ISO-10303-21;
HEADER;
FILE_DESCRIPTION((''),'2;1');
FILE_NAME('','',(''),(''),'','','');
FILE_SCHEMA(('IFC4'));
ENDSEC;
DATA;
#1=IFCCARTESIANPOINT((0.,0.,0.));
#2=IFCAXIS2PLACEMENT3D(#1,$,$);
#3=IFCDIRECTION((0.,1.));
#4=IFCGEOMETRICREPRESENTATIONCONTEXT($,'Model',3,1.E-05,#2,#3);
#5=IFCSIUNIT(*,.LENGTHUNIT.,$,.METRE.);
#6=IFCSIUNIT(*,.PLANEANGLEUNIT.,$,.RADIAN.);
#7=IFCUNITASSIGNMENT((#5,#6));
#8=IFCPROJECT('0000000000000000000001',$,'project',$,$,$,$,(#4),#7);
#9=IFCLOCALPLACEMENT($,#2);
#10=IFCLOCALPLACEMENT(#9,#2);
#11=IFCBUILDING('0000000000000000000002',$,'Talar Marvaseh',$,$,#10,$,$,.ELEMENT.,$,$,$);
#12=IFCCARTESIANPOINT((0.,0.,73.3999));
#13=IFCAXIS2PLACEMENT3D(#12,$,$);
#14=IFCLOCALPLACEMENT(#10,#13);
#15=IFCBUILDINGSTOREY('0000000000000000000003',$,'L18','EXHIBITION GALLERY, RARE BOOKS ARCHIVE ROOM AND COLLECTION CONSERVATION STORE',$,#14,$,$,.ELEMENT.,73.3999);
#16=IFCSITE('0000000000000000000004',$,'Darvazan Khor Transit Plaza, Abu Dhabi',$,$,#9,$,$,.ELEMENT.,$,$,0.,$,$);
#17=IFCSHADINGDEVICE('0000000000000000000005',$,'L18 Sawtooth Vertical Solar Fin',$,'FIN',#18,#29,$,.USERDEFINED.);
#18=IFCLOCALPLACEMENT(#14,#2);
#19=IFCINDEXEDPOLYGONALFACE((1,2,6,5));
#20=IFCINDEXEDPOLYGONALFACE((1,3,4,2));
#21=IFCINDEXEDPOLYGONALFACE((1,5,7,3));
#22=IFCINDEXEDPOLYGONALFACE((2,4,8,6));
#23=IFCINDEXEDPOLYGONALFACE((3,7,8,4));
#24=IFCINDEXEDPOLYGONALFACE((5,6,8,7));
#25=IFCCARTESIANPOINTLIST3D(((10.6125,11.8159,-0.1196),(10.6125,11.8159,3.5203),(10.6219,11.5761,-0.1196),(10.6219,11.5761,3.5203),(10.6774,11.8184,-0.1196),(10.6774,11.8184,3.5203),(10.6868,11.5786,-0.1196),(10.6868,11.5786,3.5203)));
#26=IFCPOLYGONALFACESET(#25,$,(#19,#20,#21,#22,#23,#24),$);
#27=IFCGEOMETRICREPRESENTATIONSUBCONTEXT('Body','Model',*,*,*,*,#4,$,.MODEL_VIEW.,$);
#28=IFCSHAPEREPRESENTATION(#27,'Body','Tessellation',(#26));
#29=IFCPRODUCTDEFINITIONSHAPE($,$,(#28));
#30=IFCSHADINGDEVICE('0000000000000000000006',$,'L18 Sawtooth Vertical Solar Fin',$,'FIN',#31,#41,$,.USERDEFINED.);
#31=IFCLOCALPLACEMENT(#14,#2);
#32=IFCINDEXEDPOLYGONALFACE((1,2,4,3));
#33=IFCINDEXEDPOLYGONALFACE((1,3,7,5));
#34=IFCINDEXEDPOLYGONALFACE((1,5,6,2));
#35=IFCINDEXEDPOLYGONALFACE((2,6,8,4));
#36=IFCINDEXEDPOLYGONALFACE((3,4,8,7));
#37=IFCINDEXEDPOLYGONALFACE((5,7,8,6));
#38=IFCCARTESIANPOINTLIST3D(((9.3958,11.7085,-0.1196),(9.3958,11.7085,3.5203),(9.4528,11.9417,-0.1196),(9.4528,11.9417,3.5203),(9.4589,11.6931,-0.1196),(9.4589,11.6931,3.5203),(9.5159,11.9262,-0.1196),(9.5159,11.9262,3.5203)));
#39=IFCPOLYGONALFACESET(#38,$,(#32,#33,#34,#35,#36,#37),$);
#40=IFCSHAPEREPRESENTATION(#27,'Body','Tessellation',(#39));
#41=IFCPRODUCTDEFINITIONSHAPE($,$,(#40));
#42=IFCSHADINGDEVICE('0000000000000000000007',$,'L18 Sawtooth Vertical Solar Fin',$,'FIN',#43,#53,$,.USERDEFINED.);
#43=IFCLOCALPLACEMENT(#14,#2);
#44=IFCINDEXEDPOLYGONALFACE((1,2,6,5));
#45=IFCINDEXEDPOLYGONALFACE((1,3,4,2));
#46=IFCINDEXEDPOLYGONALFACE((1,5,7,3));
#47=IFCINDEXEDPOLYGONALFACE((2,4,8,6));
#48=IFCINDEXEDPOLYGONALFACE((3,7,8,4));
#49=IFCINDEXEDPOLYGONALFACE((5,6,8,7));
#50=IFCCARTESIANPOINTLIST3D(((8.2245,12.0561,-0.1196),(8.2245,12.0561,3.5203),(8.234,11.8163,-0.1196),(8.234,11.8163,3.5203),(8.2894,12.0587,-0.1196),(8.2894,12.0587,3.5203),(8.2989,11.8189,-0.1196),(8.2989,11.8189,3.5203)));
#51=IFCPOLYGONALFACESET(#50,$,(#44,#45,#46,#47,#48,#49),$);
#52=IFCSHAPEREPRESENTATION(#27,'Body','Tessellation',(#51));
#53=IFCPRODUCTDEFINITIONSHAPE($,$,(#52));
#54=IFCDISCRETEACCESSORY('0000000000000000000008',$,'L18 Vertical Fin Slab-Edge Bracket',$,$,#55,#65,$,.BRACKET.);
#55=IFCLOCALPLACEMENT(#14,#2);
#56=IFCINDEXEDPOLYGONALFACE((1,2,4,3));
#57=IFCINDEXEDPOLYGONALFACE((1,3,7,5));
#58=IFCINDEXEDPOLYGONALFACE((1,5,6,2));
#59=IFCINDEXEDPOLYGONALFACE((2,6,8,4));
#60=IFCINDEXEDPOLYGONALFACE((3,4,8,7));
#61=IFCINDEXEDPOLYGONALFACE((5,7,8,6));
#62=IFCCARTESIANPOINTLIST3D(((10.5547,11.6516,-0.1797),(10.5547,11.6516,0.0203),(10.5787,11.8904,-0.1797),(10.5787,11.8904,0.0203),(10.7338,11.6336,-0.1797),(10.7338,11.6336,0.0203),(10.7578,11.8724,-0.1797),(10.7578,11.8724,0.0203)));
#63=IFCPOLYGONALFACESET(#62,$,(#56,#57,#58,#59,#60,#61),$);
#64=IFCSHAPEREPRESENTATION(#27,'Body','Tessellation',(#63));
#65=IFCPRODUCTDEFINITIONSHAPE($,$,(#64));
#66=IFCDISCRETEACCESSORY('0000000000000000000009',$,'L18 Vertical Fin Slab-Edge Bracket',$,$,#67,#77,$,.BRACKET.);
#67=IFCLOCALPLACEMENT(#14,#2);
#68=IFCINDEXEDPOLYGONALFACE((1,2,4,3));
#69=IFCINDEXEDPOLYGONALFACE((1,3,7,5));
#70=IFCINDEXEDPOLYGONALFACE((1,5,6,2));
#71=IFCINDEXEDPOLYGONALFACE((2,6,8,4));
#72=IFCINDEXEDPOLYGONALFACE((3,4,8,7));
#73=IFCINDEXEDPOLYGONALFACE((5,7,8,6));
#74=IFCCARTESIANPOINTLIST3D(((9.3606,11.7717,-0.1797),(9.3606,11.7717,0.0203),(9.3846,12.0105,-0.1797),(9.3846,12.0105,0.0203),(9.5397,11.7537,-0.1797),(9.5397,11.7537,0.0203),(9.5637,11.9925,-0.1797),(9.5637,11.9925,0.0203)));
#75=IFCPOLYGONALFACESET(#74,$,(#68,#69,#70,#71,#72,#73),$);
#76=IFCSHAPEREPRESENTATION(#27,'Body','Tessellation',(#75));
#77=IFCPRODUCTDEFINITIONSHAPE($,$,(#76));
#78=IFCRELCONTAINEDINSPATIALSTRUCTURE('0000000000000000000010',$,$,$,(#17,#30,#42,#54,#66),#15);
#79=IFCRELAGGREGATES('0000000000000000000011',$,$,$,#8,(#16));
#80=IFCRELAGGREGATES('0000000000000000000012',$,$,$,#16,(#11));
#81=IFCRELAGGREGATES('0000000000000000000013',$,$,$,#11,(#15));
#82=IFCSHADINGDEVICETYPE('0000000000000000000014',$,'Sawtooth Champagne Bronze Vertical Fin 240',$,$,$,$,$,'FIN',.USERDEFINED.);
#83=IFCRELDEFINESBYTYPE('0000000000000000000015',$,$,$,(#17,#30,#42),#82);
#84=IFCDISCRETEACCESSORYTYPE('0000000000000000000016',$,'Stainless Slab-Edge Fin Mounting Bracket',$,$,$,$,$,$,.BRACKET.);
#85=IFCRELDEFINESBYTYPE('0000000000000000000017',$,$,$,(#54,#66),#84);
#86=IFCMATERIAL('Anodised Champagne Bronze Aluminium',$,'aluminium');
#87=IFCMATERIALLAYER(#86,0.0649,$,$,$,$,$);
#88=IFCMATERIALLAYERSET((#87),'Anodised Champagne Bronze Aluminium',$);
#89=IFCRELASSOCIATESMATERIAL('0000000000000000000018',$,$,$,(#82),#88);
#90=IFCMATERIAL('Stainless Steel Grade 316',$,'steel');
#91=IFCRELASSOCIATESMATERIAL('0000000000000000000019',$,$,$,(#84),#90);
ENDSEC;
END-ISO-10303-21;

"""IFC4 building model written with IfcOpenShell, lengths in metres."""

from ifc_helpers import new_model, si_unit, direction, frame, origin, origin_2d, place, context, subcontext, project, spatial, rectangle, extrude, source, transform, mapped, material, layer, layer_set, type_object, type_shapes, element, save


model = new_model("IFC4")

# Units and contexts
model_context = context("Model", 3, precision=1e-05, world=origin(), true_north=direction((0.0, 1.0)))
body_context = subcontext(model_context, "Body", "Model", "MODEL_VIEW")
ifc_project = project(units=[si_unit("LENGTHUNIT", "METRE"), si_unit("PLANEANGLEUNIT", "RADIAN")], contexts=[model_context])

# Site, building, storey
site_placement = place(None, origin())
site = spatial("IfcSite", under=ifc_project, at=site_placement, Name="Darvazan Khor Transit Plaza, Abu Dhabi", CompositionType="ELEMENT", RefElevation=0.0)
building_placement = place(site_placement, origin())
building = spatial("IfcBuilding", under=site, at=building_placement, Name="Talar Marvaseh", CompositionType="ELEMENT")
storey_placement = place(building_placement, frame((0.0, 0.0, 73.3999)))
storey = spatial("IfcBuildingStorey", under=building, at=storey_placement, Name="L18", Description="EXHIBITION GALLERY, RARE BOOKS ARCHIVE ROOM AND COLLECTION CONSERVATION STORE", CompositionType="ELEMENT", Elevation=73.3999)

# Shading devices
ifc_material_1 = material(Name="Anodised Champagne Bronze Aluminium", Category="aluminium")
ifc_layer_1 = layer(ifc_material_1, 0.0649)
ifc_layer_set_1 = layer_set([ifc_layer_1], Name="Anodised Champagne Bronze Aluminium")
shading_device_type = type_object("IfcShadingDeviceType", Name="Sawtooth Champagne Bronze Vertical Fin 240", ElementType="FIN", PredefinedType="USERDEFINED", material=ifc_layer_set_1)
shared_shape_1 = source(origin(), body_context, "Body", "SweptSolid", [
    extrude(rectangle(XDim=0.24, YDim=0.0649, at=origin_2d()), origin(), (0.0, 0.0, 1.0), 3.6399),
])
type_shapes(shading_device_type, [shared_shape_1])
for number, where, z_axis, x_axis, name in (
    (1, (10.6497, 11.6973, -0.1196), (0.0, 0.0, 1.0), (0.039434, -0.999222, 0.0), "L18 Sawtooth Vertical Solar Fin"),
    (2, (9.4558, 11.8174, -0.1196), (0.0, 0.0, 1.0), (-0.237516, -0.971384, 0.0), "L18 Sawtooth Vertical Solar Fin"),
    (3, (8.2617, 11.9375, -0.1196), (0.0, 0.0, 1.0), (0.039434, -0.999222, 0.0), "L18 Sawtooth Vertical Solar Fin"),
):
    element("IfcShadingDevice", number, at=place(storey_placement, frame(where, z_axis=z_axis, x_axis=x_axis)), inside=storey, type_object=shading_device_type, Name=name, ObjectType="FIN", PredefinedType="USERDEFINED", context=body_context, shape_type="MappedRepresentation", body=[
        mapped(shared_shape_1, transform((0.0, 0.0, 0.0), x_axis=(1.0, 0.0, 0.0), y_axis=(0.0, 1.0, 0.0), z_axis=(0.0, 0.0, 1.0), scale=1.0)),
    ])

# Discrete accessories
ifc_material_2 = material(Name="Stainless Steel Grade 316", Category="steel")
discrete_accessory_type = type_object("IfcDiscreteAccessoryType", Name="Stainless Slab-Edge Fin Mounting Bracket", PredefinedType="BRACKET", material=ifc_material_2)
shared_shape_2 = source(origin(), body_context, "Body", "SweptSolid", [
    extrude(rectangle(XDim=0.24, YDim=0.1799, at=origin_2d()), origin(), (0.0, 0.0, 1.0), 0.2),
])
type_shapes(discrete_accessory_type, [shared_shape_2])
for number, where, z_axis, x_axis, name in (
    (4, (10.6562, 11.762, -0.1797), (0.0, 0.0, 1.0), (-0.100014, -0.994986, 0.0), "L18 Vertical Fin Slab-Edge Bracket"),
    (5, (9.4622, 11.8821, -0.1797), (0.0, 0.0, 1.0), (-0.100014, -0.994986, 0.0), "L18 Vertical Fin Slab-Edge Bracket"),
):
    element("IfcDiscreteAccessory", number, at=place(storey_placement, frame(where, z_axis=z_axis, x_axis=x_axis)), inside=storey, type_object=discrete_accessory_type, Name=name, PredefinedType="BRACKET", context=body_context, shape_type="MappedRepresentation", body=[
        mapped(shared_shape_2, transform((0.0, 0.0, 0.0), x_axis=(1.0, 0.0, 0.0), y_axis=(0.0, 1.0, 0.0), z_axis=(0.0, 0.0, 1.0), scale=1.0)),
    ])

save(model, "model.ifc")
